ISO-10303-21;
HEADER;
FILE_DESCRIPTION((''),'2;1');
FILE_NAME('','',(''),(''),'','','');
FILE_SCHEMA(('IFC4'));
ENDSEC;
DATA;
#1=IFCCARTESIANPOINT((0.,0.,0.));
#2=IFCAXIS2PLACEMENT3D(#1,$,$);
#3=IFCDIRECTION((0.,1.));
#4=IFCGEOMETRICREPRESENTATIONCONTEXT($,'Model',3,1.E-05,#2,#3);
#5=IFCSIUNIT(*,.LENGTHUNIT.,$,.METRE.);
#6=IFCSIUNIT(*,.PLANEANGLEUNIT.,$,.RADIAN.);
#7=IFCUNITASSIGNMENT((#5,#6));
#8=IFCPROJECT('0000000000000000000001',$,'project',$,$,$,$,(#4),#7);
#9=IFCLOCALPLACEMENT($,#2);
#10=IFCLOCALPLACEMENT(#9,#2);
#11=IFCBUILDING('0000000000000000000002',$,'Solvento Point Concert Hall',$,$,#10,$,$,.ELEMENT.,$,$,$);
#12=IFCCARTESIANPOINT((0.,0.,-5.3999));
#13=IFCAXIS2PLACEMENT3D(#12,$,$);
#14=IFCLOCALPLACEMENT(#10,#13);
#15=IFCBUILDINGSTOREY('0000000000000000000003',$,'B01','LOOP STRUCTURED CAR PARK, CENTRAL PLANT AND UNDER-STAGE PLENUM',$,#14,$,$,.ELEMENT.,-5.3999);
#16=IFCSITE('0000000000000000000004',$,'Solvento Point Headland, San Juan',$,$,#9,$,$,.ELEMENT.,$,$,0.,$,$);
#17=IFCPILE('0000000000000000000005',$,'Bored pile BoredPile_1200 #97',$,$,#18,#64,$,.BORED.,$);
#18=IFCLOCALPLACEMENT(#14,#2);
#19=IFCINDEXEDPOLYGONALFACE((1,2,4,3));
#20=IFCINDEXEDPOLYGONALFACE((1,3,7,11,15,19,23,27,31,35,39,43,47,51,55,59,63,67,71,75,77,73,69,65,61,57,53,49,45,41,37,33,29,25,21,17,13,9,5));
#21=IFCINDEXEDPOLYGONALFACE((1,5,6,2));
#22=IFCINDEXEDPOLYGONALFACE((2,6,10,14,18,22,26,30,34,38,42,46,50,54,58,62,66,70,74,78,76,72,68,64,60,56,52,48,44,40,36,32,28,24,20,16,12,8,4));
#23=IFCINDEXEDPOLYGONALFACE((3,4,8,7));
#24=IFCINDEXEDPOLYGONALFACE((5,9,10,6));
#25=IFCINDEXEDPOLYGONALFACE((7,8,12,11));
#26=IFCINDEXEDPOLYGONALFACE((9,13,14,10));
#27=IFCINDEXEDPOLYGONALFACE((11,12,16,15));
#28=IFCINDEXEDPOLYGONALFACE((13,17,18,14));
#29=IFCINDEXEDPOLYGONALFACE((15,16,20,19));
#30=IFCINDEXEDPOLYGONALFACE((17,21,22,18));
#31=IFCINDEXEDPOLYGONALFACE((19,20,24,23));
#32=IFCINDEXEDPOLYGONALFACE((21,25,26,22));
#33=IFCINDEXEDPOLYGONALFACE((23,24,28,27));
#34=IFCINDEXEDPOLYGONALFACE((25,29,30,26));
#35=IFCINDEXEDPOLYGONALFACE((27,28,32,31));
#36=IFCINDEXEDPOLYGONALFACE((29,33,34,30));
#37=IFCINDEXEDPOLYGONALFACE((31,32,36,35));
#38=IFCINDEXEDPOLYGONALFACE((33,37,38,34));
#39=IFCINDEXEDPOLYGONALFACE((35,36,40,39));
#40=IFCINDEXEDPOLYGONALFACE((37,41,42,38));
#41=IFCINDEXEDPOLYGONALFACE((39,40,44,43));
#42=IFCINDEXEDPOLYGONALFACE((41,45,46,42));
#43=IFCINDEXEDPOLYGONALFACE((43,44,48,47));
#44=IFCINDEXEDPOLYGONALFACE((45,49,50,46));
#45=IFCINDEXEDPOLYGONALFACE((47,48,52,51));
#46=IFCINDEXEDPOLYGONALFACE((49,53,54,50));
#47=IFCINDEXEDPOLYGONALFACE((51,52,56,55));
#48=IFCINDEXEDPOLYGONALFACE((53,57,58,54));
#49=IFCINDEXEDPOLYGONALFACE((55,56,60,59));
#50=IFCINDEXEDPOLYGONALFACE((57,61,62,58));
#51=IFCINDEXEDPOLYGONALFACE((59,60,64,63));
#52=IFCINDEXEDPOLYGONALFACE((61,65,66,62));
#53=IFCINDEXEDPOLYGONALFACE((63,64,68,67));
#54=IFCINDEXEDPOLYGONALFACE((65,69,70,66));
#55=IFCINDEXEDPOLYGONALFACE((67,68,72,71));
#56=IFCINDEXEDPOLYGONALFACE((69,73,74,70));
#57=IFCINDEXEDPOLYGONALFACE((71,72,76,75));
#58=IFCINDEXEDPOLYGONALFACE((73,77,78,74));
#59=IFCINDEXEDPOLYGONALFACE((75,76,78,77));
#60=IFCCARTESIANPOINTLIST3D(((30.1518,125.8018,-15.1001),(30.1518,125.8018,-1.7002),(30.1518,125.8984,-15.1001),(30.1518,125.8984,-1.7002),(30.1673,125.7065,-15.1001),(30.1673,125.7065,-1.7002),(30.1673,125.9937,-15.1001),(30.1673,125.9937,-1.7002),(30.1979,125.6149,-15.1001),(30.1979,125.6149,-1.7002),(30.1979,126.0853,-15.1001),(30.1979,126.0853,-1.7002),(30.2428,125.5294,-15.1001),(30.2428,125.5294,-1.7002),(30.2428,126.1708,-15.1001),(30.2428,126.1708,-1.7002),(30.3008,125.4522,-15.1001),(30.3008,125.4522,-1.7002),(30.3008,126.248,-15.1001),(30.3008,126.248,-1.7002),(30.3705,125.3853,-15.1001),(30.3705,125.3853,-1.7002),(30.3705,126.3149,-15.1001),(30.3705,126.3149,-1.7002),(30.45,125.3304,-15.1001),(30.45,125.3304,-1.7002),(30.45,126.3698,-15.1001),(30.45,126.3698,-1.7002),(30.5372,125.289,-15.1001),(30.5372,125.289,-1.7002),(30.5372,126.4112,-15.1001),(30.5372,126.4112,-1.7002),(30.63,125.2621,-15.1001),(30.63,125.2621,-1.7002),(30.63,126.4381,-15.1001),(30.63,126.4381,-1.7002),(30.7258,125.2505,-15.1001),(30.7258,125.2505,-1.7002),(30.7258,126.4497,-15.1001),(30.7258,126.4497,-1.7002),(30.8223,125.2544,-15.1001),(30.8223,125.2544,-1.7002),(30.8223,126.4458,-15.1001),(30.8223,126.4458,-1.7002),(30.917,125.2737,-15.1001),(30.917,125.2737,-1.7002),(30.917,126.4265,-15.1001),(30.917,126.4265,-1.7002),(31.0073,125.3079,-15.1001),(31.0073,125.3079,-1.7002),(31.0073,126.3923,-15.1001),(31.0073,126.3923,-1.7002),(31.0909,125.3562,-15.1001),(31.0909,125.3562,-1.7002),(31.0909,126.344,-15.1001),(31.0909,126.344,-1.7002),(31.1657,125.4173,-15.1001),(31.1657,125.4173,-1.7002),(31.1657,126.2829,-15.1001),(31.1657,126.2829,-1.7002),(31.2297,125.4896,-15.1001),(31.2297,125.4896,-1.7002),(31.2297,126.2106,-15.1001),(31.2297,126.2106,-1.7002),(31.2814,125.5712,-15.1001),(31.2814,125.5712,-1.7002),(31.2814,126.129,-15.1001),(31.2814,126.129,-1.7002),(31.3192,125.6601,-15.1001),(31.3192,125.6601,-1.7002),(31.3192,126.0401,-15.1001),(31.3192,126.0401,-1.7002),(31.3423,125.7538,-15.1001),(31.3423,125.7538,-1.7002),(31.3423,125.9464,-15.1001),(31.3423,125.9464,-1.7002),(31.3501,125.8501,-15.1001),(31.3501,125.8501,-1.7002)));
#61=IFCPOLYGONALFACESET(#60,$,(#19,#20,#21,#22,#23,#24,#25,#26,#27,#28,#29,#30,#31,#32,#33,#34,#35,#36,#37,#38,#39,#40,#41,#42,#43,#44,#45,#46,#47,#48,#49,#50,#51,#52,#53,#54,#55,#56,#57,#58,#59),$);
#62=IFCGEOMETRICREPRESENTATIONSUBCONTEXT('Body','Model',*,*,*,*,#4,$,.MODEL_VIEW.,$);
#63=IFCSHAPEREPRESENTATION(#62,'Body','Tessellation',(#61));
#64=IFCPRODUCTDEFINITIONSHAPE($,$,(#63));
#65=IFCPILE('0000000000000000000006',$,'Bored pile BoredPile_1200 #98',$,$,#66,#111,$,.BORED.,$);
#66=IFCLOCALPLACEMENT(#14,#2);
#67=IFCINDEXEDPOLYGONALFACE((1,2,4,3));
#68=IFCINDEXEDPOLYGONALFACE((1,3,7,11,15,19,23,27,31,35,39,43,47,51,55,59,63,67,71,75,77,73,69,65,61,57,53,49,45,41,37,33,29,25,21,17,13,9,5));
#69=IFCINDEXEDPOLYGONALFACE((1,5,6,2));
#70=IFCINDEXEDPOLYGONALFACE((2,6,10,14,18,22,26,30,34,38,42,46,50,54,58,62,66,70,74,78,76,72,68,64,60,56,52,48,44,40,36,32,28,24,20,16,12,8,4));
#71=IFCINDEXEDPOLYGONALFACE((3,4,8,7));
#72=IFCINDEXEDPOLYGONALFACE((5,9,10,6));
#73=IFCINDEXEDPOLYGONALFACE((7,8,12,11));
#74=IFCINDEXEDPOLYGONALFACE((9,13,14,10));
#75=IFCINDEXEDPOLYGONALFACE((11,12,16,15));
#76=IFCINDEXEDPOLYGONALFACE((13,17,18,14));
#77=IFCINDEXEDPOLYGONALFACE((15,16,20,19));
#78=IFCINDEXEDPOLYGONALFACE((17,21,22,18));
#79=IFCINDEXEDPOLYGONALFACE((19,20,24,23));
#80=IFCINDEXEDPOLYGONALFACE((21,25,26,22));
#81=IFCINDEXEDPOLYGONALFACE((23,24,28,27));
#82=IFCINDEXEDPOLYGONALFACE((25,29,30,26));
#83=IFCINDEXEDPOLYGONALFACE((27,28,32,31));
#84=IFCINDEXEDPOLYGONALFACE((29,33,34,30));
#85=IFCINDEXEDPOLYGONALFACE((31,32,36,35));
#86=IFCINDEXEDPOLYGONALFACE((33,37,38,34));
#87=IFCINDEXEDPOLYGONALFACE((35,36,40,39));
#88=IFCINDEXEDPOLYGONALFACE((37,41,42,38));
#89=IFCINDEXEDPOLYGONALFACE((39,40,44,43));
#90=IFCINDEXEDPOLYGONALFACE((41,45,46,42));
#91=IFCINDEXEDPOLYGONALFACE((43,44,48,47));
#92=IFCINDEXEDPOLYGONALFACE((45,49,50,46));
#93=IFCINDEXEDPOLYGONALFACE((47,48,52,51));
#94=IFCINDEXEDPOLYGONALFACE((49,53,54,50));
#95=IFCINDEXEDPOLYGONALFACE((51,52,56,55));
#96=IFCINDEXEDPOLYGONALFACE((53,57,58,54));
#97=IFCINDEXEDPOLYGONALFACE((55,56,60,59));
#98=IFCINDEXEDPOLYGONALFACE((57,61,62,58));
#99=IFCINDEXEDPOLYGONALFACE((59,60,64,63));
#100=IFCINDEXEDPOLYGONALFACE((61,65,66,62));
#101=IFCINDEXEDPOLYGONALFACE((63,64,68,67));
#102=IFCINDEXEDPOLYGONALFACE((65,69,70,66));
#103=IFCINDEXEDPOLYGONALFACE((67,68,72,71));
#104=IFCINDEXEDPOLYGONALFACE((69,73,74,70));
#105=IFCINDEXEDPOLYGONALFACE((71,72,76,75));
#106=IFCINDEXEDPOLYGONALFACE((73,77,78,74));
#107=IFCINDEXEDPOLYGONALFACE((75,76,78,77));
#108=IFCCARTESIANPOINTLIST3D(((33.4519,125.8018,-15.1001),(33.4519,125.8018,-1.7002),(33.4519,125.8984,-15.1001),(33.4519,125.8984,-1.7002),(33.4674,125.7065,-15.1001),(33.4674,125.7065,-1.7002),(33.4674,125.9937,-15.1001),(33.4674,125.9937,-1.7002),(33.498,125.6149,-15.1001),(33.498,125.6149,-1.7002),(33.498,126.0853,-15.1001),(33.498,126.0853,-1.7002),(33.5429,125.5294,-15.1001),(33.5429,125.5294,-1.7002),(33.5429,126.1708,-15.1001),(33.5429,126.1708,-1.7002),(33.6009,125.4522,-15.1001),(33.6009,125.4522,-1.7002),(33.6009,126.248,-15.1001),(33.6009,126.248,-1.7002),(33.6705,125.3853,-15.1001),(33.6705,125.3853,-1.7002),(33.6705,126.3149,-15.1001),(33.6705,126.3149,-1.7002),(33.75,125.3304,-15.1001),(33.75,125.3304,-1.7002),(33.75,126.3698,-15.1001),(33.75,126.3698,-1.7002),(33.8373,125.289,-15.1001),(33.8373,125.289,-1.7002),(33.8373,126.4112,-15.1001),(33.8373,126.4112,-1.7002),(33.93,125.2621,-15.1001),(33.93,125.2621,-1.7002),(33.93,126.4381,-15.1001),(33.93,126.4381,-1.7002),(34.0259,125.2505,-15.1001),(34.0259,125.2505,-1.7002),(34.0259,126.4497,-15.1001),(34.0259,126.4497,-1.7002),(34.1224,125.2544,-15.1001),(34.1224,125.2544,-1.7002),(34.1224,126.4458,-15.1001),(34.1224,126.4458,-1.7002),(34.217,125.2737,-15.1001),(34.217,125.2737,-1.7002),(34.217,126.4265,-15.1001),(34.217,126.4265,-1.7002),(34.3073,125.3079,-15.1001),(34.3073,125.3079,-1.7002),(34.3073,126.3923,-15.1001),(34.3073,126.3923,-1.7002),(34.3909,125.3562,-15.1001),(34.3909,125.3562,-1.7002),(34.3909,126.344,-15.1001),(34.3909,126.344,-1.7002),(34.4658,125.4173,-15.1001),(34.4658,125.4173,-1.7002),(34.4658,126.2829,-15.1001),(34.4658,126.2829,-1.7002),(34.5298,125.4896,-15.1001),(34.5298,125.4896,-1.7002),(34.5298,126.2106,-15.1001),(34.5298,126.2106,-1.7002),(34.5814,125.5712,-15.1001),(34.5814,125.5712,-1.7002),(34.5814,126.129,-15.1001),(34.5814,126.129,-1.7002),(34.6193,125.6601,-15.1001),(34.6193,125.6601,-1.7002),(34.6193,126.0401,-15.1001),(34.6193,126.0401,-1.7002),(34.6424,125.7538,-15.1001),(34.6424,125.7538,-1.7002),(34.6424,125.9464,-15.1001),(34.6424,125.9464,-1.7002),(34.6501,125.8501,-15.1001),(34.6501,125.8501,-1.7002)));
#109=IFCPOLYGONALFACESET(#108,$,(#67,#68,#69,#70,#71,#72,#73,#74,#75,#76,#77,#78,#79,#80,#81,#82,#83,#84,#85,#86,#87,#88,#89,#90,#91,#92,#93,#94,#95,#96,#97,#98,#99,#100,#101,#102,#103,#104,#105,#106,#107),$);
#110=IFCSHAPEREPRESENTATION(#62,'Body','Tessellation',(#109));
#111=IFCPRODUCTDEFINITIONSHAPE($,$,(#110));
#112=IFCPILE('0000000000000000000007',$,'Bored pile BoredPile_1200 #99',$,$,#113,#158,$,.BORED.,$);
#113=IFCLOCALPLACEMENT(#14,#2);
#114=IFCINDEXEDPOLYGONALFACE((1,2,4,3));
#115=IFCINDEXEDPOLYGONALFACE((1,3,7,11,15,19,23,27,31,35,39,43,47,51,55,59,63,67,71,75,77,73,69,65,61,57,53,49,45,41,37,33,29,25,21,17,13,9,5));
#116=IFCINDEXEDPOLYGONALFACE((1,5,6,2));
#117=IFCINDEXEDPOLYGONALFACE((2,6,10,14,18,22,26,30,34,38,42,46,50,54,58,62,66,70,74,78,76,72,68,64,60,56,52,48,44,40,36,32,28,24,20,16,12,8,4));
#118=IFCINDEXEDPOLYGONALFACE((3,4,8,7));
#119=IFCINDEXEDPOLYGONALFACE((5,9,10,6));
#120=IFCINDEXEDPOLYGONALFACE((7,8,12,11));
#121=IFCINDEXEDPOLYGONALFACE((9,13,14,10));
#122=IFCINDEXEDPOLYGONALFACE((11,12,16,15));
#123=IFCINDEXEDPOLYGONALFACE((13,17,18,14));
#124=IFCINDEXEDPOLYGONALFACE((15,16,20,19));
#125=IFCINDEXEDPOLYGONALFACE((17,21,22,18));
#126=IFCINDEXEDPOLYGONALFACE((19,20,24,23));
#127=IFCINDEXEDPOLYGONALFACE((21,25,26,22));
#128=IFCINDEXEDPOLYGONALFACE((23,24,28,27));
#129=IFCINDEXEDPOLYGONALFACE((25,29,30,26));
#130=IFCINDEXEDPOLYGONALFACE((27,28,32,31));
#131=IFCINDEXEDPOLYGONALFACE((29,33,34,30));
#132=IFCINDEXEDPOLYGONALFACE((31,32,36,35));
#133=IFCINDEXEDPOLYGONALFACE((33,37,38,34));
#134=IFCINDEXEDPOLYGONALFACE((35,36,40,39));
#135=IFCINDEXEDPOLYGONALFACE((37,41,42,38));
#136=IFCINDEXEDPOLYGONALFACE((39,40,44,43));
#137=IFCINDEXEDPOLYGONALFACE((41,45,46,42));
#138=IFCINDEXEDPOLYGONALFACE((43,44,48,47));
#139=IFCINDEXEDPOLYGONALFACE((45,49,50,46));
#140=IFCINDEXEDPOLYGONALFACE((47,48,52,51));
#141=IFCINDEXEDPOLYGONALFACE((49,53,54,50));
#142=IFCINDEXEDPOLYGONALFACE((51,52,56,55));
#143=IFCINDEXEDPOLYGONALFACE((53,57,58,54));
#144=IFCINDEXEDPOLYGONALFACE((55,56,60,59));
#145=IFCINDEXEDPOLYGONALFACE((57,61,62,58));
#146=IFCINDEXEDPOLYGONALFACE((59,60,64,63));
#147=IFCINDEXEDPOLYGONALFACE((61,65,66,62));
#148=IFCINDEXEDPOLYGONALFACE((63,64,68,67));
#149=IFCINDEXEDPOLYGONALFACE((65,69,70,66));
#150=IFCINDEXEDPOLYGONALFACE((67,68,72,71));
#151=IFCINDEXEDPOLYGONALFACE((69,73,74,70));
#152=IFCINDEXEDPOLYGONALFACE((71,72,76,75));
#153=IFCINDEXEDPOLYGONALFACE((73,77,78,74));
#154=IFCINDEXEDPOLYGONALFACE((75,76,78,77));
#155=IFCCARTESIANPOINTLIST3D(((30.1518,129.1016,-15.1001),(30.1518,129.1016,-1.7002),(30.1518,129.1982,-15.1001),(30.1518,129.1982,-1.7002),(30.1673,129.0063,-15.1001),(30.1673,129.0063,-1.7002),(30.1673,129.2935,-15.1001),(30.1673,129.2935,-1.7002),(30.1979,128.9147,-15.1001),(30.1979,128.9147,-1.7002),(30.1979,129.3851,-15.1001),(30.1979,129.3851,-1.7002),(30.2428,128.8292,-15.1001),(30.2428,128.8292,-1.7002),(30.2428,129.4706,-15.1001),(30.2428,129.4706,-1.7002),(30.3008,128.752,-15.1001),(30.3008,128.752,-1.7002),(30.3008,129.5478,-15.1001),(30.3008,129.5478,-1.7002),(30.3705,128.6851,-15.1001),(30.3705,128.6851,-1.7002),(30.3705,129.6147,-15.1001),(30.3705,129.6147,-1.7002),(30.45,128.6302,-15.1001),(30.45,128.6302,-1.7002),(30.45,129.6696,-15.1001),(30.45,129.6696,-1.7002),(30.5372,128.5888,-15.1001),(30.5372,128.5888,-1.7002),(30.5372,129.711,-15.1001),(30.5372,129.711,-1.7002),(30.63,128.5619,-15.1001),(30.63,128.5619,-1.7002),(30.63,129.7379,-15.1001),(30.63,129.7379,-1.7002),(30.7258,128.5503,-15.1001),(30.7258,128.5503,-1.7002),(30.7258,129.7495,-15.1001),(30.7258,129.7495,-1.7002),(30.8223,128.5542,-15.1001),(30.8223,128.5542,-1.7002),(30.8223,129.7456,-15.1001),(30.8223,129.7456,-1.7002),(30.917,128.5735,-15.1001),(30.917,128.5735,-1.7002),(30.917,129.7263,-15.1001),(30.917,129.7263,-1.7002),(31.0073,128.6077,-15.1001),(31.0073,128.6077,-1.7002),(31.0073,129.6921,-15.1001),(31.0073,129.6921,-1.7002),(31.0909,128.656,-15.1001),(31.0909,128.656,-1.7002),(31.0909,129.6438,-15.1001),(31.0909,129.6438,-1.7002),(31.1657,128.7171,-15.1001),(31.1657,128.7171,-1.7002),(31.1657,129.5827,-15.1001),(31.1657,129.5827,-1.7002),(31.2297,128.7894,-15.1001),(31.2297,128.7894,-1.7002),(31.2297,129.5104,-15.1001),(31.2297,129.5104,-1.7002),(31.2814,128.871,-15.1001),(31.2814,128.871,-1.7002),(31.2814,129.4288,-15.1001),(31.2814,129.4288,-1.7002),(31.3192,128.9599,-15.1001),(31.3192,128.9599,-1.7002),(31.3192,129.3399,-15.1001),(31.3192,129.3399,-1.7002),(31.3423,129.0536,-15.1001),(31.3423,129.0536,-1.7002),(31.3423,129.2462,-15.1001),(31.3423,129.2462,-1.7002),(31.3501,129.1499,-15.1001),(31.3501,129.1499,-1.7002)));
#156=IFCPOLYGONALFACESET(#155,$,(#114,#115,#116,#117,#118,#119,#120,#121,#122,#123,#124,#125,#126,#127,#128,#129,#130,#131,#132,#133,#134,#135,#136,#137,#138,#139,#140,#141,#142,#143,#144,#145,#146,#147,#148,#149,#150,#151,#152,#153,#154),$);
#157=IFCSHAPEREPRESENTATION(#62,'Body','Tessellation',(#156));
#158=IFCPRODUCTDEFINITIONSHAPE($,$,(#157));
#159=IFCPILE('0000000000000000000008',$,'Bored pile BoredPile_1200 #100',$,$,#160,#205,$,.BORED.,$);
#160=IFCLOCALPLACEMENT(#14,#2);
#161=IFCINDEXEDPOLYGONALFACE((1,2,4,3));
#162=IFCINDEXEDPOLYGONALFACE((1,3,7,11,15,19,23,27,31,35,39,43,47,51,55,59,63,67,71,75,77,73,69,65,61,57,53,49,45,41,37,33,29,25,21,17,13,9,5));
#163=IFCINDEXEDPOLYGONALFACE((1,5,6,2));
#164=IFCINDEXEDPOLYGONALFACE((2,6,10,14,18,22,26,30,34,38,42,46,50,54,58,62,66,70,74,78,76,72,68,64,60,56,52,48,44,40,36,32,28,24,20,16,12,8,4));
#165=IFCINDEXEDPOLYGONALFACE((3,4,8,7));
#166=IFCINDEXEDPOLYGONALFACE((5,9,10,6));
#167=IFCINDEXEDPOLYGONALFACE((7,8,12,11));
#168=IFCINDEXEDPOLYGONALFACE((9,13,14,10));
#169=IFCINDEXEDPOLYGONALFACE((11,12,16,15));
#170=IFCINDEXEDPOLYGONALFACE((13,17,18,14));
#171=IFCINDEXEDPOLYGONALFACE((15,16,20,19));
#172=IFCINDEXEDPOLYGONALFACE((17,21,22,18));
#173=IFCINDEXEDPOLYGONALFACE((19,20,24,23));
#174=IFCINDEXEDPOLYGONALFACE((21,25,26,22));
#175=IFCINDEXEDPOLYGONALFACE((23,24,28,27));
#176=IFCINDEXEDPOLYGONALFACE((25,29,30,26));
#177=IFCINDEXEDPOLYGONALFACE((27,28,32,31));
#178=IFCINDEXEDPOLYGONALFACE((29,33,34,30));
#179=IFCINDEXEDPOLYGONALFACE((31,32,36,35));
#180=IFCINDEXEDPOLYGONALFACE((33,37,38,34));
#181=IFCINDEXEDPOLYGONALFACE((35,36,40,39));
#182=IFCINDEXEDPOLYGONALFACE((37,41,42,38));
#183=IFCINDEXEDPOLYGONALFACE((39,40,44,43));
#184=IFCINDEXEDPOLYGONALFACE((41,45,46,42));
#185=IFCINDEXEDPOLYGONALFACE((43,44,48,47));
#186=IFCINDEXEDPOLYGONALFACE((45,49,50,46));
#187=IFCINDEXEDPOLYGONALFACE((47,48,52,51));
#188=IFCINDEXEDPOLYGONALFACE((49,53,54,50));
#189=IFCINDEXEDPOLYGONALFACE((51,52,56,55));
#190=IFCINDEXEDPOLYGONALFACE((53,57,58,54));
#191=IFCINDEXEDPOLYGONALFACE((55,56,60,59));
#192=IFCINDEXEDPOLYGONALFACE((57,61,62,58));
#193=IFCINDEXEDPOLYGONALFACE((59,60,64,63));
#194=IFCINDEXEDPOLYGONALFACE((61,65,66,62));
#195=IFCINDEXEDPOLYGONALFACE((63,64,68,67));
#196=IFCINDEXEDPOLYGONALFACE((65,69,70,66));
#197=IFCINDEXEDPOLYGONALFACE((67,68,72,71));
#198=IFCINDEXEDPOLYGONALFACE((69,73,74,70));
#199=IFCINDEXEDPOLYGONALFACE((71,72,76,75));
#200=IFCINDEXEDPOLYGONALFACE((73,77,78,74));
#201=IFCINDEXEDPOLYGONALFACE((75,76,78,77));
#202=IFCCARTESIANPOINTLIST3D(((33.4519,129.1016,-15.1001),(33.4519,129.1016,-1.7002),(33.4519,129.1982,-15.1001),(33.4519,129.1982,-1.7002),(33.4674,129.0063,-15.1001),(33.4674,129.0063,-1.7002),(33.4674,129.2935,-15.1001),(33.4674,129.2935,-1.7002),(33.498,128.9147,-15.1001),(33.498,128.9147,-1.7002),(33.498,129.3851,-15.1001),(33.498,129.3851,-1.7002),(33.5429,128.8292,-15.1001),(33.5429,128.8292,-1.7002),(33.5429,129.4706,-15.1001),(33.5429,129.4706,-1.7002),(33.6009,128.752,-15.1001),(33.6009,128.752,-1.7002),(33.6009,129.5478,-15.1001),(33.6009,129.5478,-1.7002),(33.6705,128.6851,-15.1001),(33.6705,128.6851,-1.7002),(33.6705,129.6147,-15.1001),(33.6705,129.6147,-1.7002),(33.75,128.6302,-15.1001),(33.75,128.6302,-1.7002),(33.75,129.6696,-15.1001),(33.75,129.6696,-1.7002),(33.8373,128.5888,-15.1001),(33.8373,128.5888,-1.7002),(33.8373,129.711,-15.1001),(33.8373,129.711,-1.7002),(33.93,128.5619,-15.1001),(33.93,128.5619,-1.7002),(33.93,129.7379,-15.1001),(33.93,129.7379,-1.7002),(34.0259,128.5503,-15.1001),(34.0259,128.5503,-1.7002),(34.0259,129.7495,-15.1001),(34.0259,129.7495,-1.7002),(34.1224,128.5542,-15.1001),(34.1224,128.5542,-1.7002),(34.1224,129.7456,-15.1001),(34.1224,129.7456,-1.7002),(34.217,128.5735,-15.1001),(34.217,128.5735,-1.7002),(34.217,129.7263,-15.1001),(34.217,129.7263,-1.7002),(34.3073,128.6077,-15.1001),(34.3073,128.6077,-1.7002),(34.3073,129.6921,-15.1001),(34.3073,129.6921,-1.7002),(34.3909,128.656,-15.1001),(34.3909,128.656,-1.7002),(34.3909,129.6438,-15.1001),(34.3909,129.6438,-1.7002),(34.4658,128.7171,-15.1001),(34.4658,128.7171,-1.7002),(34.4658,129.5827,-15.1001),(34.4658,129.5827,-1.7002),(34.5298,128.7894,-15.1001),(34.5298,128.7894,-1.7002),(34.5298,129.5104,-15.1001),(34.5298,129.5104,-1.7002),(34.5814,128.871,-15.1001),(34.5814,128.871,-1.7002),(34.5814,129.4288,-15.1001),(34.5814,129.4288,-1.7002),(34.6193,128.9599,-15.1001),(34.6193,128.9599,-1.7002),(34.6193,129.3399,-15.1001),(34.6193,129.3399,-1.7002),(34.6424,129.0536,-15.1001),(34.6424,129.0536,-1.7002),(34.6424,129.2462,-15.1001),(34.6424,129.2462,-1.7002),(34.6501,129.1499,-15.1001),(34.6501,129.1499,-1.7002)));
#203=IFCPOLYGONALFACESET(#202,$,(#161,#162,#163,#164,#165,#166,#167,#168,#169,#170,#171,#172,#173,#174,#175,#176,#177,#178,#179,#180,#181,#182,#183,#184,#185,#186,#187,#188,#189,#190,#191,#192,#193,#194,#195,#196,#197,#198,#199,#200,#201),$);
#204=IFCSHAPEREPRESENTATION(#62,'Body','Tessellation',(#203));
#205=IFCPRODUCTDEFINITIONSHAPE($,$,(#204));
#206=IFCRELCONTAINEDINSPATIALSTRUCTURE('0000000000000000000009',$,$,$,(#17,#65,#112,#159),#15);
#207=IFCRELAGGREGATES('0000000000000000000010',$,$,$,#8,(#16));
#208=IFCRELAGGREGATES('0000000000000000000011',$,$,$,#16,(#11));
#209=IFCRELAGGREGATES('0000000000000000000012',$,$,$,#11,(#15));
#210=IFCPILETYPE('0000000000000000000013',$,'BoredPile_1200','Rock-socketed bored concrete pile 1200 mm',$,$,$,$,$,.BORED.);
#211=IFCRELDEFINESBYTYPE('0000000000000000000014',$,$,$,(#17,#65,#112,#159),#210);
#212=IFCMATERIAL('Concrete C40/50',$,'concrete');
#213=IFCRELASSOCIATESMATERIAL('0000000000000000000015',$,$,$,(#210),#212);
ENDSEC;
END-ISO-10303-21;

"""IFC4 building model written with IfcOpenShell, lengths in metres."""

from ifc_helpers import new_model, si_unit, direction, frame, origin, origin_2d, place, context, subcontext, project, spatial, circle, extrude, material, material_profile, profile_set, type_object, element, save


model = new_model("IFC4")

# Units and contexts
model_context = context("Model", 3, precision=1e-05, world=origin(), true_north=direction((0.0, 1.0)))
body_context = subcontext(model_context, "Body", "Model", "MODEL_VIEW")
ifc_project = project(units=[si_unit("LENGTHUNIT", "METRE"), si_unit("PLANEANGLEUNIT", "RADIAN")], contexts=[model_context])

# Site, building, storey
site_placement = place(None, origin())
site = spatial("IfcSite", under=ifc_project, at=site_placement, Name="Solvento Point Headland, San Juan", CompositionType="ELEMENT", RefElevation=0.0)
building_placement = place(site_placement, origin())
building = spatial("IfcBuilding", under=site, at=building_placement, Name="Solvento Point Concert Hall", CompositionType="ELEMENT")
storey_placement = place(building_placement, frame((0.0, 0.0, -5.3999)))
storey = spatial("IfcBuildingStorey", under=building, at=storey_placement, Name="B01", Description="LOOP STRUCTURED CAR PARK, CENTRAL PLANT AND UNDER-STAGE PLENUM", CompositionType="ELEMENT", Elevation=-5.3999)

# Piles
ifc_material_1 = material(Name="Concrete C40/50", Category="concrete")
ifc_material_profile_1 = material_profile(ifc_material_1, circle(Radius=0.6001, at=origin_2d()), Name="BP-1200")
ifc_profile_set_1 = profile_set([ifc_material_profile_1], Name="Concrete C40/50")
pile_type_1 = type_object("IfcPileType", Name="BoredPile_1200", Description="Rock-socketed bored concrete pile 1200 mm", PredefinedType="BORED", material=ifc_profile_set_1)
for number, where, z_axis, x_axis, name in (
    (1, (30.75, 125.8501, -1.7002), (0.0, 0.0, -1.0), (1.0, 0.0, 0.0), "Bored pile BoredPile_1200 #97"),
    (2, (34.05, 125.8501, -1.7002), (0.0, 0.0, -1.0), (1.0, 0.0, 0.0), "Bored pile BoredPile_1200 #98"),
    (3, (30.75, 129.1499, -1.7002), (0.0, 0.0, -1.0), (1.0, 0.0, 0.0), "Bored pile BoredPile_1200 #99"),
    (4, (34.05, 129.1499, -1.7002), (0.0, 0.0, -1.0), (1.0, 0.0, 0.0), "Bored pile BoredPile_1200 #100"),
):
    element("IfcPile", number, at=place(storey_placement, frame(where, z_axis=z_axis, x_axis=x_axis)), inside=storey, type_object=pile_type_1, Name=name, PredefinedType="BORED", context=body_context, shape_type="SweptSolid", body=[
        extrude(circle(Radius=0.6001, at=origin_2d()), origin(), (0.0, 0.0, 1.0), 13.3999),
    ])

save(model, "model.ifc")
